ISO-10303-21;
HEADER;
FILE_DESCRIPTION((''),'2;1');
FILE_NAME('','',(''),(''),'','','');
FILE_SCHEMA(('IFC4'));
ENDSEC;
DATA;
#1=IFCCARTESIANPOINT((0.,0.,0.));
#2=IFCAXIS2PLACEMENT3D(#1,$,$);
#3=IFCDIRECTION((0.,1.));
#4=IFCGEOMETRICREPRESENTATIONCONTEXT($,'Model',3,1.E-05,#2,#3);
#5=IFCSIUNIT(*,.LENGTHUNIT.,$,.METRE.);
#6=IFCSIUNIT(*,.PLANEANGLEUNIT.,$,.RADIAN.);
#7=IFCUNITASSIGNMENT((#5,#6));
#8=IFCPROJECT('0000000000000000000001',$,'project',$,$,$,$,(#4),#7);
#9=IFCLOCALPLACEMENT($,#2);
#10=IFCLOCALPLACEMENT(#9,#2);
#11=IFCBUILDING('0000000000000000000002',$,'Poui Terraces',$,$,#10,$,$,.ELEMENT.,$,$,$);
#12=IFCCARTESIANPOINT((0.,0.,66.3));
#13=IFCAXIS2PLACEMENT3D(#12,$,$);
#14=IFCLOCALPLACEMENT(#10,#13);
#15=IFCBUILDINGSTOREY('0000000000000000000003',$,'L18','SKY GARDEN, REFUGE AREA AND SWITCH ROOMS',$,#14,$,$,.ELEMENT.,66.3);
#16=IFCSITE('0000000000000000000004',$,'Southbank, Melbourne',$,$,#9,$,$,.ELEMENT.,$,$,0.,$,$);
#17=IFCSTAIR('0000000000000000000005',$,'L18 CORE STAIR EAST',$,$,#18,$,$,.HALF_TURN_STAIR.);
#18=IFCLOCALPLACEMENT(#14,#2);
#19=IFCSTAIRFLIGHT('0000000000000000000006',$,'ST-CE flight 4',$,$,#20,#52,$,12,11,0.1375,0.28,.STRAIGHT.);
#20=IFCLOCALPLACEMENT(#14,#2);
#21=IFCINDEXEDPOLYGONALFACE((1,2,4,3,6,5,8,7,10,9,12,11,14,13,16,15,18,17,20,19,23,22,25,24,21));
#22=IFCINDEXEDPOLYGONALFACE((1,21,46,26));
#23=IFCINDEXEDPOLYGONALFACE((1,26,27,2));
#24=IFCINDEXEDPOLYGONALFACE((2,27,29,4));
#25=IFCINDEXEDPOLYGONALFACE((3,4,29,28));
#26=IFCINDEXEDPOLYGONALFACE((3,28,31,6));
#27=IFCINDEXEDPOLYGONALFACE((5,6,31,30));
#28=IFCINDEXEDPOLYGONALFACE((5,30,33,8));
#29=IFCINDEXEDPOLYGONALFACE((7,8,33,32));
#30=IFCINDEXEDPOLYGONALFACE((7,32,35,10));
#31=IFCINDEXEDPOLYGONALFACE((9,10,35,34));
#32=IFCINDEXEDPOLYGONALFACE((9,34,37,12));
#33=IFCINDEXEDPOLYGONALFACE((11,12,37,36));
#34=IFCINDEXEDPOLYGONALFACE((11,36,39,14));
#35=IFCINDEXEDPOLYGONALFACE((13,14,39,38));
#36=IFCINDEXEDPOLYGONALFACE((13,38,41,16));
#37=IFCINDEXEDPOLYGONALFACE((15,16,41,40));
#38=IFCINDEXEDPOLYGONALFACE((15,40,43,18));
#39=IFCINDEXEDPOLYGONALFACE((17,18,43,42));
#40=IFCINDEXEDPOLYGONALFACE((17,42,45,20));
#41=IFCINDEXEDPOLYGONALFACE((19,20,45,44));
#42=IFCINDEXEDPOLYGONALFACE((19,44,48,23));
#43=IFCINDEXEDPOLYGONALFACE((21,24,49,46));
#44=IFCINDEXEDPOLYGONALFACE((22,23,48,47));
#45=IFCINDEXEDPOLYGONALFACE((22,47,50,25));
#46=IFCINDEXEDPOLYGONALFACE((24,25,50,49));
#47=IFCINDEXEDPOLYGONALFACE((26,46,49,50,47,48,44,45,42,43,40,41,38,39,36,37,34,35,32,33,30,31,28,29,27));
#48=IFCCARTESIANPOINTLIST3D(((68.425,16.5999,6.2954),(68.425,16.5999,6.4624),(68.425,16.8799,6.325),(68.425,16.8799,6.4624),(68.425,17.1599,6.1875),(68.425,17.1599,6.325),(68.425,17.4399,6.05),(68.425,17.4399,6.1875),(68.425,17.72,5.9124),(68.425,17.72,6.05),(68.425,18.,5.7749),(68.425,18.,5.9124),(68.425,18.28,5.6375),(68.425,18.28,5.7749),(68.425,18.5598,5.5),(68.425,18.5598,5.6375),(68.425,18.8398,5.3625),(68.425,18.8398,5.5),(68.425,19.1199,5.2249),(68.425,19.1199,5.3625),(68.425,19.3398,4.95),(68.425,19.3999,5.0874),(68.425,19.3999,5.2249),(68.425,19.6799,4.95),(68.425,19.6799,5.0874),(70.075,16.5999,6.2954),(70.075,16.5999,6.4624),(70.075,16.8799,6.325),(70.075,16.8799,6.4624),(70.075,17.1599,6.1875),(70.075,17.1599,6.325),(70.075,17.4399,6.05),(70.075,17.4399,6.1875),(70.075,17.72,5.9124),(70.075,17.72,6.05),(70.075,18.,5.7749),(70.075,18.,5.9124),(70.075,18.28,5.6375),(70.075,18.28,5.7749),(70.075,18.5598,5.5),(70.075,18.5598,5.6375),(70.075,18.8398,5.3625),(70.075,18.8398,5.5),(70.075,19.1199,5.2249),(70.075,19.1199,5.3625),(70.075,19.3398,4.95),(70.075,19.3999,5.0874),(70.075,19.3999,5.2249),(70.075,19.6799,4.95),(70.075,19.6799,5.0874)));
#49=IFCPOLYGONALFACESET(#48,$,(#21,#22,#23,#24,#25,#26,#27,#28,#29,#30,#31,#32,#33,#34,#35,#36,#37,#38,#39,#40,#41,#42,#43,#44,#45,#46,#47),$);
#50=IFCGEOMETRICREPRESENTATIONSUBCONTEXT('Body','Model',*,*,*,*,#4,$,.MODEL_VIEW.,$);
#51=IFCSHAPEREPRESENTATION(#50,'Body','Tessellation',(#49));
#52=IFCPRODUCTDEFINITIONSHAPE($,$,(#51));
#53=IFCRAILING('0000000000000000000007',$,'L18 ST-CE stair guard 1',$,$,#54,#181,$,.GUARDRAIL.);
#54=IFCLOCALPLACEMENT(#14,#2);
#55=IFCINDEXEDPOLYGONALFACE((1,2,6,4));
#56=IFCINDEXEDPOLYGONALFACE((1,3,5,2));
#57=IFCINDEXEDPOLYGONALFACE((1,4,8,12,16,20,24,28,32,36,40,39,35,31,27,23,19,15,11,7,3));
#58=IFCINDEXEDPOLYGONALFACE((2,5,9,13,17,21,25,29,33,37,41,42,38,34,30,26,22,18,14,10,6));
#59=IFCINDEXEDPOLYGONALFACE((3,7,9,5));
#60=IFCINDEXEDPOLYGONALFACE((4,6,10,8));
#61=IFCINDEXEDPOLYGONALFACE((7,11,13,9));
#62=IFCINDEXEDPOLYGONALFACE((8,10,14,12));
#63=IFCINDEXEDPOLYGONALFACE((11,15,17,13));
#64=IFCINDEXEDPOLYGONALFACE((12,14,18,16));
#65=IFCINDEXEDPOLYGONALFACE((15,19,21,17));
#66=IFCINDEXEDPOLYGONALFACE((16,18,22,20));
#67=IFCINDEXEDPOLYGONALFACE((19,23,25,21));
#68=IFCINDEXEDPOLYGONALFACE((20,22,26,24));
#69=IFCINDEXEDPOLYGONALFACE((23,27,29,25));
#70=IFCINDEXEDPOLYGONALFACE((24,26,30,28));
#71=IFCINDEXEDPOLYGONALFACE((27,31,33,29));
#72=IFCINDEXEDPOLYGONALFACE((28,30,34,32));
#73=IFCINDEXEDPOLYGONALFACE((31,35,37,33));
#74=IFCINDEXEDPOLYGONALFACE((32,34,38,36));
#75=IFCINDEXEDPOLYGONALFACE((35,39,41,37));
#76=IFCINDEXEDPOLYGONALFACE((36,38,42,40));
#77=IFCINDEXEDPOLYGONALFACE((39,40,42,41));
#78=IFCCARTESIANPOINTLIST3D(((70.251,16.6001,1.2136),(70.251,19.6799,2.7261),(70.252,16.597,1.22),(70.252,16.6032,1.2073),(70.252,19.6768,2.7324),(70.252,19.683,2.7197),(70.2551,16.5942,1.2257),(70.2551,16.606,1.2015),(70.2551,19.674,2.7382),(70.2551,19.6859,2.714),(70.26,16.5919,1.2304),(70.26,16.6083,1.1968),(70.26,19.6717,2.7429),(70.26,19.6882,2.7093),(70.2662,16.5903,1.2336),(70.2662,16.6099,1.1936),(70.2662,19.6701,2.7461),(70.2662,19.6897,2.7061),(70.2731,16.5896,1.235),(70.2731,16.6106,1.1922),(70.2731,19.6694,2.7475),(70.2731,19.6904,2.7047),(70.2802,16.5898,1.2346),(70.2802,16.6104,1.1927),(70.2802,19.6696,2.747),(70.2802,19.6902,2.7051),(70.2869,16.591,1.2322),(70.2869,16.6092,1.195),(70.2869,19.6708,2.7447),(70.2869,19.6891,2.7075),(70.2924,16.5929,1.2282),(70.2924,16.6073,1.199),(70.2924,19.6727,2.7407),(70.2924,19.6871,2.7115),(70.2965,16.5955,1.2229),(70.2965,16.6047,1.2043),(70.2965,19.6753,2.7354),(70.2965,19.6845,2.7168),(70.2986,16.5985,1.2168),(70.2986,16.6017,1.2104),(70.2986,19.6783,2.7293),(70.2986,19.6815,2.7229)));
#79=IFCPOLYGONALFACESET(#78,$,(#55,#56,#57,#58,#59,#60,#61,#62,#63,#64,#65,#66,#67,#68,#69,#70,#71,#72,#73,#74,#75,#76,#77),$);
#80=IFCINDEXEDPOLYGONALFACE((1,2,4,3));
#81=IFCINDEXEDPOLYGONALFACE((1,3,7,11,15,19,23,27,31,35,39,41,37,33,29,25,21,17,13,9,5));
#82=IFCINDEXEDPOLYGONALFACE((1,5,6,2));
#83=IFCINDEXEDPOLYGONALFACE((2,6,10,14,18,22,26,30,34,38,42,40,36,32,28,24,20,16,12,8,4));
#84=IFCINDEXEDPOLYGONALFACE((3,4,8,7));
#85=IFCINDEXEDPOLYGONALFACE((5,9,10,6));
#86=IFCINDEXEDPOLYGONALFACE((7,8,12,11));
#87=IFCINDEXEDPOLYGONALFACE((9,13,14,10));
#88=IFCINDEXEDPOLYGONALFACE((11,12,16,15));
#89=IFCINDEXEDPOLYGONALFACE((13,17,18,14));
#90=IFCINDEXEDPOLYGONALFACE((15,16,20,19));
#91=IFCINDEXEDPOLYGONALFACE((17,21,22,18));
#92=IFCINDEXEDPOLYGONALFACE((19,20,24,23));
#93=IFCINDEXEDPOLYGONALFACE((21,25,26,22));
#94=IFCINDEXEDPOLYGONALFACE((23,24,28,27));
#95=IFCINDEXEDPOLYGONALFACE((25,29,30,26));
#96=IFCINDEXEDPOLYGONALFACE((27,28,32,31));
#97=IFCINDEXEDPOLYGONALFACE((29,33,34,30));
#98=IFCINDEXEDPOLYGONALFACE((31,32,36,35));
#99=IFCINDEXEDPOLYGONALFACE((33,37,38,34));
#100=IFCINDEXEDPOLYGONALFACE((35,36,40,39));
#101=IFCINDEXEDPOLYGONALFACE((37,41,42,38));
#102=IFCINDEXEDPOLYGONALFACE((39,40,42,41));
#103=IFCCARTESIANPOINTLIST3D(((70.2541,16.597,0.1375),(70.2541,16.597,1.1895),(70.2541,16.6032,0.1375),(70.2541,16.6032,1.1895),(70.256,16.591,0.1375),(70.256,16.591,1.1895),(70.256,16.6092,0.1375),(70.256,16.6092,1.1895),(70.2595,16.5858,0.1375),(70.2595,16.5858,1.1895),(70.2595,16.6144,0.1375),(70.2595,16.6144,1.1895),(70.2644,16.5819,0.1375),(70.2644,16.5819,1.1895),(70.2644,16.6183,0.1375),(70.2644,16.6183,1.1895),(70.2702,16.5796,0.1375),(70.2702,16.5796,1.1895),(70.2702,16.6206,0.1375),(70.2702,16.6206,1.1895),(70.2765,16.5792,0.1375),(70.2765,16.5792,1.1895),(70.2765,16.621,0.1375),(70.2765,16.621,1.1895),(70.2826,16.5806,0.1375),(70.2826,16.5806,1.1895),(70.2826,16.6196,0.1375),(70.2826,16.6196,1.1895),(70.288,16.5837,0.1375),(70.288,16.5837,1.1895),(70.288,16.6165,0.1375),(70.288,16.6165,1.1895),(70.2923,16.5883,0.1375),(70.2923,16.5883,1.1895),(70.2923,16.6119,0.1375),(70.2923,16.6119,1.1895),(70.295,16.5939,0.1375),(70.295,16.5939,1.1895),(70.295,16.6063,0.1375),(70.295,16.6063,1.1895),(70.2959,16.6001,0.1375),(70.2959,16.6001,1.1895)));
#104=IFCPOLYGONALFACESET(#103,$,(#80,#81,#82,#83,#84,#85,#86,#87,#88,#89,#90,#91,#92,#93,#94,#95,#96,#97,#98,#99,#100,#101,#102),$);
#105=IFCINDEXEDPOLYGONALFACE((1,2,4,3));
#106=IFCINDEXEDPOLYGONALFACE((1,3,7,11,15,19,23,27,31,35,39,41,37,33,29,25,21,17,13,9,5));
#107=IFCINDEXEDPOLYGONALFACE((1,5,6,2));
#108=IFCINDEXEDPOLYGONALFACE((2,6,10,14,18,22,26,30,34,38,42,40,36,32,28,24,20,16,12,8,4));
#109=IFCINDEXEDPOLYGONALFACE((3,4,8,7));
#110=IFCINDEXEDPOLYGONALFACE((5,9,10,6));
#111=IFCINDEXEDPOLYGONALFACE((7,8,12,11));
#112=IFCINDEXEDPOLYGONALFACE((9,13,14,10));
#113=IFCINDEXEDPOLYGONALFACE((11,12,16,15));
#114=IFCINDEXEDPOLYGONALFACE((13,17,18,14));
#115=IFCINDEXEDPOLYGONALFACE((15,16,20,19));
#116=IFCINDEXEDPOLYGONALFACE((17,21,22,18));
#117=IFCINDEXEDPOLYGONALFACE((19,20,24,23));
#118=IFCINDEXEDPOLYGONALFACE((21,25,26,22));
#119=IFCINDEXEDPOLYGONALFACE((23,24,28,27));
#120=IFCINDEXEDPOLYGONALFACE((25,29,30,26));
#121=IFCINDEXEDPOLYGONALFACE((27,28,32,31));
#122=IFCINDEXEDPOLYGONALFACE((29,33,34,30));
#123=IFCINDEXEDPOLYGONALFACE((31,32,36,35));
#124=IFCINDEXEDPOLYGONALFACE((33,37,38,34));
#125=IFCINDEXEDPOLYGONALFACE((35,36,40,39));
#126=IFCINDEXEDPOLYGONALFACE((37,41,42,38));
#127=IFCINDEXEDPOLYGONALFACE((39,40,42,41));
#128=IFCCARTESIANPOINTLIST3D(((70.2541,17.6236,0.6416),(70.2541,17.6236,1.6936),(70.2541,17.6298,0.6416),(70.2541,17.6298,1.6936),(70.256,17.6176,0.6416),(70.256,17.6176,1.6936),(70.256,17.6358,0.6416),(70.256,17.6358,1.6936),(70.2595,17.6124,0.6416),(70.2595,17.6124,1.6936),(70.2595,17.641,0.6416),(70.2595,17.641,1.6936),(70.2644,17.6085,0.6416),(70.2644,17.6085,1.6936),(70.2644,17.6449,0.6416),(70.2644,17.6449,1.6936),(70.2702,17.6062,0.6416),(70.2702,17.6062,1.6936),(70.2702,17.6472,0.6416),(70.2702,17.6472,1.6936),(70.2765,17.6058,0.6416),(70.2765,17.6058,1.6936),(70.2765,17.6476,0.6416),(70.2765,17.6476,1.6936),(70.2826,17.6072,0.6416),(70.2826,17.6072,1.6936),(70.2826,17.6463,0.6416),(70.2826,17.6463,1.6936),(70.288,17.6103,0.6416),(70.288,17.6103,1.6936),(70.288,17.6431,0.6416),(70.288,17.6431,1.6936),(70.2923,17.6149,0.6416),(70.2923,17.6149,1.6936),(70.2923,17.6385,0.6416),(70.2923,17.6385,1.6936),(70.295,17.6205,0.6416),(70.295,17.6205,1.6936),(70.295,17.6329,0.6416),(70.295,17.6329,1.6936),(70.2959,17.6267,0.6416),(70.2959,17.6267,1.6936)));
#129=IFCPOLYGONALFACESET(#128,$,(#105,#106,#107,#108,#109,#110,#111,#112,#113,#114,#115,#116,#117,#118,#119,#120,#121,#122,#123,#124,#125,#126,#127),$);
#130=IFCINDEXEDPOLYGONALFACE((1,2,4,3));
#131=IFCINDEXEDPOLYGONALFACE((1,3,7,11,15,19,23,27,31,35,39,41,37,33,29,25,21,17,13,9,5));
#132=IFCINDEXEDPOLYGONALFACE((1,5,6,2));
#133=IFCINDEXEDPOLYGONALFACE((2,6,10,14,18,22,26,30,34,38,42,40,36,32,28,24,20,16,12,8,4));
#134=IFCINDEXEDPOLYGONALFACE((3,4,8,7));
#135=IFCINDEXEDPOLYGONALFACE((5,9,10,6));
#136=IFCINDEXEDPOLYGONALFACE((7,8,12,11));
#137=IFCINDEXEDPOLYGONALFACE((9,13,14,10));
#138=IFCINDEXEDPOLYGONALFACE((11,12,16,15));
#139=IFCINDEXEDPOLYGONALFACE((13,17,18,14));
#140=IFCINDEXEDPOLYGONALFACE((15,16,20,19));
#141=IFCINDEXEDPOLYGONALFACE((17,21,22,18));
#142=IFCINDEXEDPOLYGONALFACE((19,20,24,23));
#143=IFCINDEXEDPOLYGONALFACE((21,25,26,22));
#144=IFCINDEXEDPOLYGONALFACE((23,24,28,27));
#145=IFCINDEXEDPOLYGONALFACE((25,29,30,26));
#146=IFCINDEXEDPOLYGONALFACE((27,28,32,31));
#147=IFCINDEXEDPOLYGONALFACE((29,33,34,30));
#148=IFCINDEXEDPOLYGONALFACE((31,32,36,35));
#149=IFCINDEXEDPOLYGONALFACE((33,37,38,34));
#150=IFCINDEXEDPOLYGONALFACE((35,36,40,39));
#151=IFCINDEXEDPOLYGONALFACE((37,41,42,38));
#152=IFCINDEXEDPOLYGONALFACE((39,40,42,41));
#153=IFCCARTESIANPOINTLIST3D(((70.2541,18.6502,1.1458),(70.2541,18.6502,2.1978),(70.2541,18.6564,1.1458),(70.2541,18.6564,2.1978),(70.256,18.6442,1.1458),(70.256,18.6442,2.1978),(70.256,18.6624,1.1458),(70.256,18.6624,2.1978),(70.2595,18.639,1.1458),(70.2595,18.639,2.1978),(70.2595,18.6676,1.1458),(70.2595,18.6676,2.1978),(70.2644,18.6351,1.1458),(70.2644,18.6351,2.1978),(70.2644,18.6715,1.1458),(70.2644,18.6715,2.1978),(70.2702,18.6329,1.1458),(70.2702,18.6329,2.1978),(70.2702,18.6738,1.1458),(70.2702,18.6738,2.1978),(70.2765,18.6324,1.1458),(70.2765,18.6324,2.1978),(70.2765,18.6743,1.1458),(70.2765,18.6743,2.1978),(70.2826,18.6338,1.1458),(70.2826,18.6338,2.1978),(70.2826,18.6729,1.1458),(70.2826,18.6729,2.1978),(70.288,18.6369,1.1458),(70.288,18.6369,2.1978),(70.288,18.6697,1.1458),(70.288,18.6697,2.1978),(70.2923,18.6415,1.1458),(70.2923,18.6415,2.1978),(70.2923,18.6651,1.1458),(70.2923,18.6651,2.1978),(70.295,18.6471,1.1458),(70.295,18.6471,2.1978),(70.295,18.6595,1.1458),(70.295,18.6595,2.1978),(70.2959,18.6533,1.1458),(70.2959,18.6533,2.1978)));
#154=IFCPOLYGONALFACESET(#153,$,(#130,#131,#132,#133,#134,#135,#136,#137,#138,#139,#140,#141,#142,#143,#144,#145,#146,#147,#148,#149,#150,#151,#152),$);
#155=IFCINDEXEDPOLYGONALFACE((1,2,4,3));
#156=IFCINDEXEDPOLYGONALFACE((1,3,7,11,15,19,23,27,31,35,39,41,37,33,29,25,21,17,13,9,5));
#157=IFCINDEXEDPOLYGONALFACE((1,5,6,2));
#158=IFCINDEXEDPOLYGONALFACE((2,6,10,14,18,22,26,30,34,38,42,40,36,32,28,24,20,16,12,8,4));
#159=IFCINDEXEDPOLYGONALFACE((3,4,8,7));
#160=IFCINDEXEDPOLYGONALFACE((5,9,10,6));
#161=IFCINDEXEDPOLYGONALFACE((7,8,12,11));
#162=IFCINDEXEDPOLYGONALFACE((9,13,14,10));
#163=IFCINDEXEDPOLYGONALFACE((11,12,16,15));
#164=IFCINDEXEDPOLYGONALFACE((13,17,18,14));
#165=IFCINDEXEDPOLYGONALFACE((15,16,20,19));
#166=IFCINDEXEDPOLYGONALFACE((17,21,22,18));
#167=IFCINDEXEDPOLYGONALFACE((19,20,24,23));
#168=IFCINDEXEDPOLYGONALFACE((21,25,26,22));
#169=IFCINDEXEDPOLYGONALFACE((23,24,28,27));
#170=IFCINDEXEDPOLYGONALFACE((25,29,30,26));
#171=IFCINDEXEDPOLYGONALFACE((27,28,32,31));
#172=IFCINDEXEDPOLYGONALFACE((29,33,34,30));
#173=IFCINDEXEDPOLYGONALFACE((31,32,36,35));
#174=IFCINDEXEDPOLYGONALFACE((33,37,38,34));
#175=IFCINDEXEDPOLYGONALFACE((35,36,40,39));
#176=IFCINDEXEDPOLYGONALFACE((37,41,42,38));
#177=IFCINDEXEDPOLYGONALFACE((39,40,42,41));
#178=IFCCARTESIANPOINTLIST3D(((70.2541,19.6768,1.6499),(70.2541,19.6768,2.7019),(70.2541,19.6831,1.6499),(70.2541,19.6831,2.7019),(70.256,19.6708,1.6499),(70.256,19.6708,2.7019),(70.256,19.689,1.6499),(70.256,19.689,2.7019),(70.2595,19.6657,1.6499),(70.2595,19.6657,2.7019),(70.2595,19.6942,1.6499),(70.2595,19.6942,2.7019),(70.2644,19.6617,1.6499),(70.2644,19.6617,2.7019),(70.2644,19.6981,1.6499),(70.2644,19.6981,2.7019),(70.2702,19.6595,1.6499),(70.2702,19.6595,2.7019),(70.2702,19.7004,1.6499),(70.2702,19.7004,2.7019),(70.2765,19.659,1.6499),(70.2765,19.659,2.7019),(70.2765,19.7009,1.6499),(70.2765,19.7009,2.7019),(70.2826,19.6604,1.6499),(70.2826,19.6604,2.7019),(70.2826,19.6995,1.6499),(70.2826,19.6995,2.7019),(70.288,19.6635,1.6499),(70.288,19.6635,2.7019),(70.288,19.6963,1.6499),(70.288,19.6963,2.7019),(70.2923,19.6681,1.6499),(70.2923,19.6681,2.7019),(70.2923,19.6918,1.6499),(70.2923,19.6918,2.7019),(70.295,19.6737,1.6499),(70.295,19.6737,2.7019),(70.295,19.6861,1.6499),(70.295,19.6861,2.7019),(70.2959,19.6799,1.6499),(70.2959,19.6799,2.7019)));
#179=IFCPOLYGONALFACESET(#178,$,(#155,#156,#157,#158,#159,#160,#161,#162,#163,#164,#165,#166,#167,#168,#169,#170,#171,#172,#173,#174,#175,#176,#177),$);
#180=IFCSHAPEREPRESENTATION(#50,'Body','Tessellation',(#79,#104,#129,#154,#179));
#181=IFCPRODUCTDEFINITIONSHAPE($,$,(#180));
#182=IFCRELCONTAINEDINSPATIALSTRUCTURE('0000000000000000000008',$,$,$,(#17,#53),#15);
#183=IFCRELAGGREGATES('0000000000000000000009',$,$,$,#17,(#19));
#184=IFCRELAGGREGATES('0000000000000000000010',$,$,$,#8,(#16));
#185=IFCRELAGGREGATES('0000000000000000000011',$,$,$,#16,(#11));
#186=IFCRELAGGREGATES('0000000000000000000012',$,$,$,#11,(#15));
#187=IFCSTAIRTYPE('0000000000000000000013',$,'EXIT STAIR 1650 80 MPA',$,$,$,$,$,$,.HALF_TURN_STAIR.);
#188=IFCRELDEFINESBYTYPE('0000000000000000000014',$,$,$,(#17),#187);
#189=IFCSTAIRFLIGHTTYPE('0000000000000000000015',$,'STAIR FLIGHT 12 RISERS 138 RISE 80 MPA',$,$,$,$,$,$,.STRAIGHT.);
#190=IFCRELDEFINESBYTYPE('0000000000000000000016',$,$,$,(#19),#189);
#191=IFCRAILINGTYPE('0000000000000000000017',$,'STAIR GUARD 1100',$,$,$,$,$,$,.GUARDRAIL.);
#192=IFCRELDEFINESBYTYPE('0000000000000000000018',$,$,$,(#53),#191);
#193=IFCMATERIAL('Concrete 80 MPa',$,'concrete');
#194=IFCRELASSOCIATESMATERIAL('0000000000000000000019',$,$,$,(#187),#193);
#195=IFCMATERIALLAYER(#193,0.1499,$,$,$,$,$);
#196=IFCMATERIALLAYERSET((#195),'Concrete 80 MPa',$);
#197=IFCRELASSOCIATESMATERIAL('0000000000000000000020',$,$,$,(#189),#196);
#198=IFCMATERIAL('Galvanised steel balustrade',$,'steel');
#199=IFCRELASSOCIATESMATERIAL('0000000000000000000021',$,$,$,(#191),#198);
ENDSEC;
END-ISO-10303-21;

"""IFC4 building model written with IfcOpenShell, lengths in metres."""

from ifc_helpers import new_model, si_unit, direction, frame, origin, origin_2d, place, context, subcontext, project, spatial, polyline, circle, outline, extrude, material, layer, layer_set, type_object, element, aggregate, save


model = new_model("IFC4")

# Units and contexts
model_context = context("Model", 3, precision=1e-05, world=origin(), true_north=direction((0.0, 1.0)))
body_context = subcontext(model_context, "Body", "Model", "MODEL_VIEW")
ifc_project = project(units=[si_unit("LENGTHUNIT", "METRE"), si_unit("PLANEANGLEUNIT", "RADIAN")], contexts=[model_context])

# Site, building, storey
site_placement = place(None, origin())
site = spatial("IfcSite", under=ifc_project, at=site_placement, Name="Southbank, Melbourne", CompositionType="ELEMENT", RefElevation=0.0)
building_placement = place(site_placement, origin())
building = spatial("IfcBuilding", under=site, at=building_placement, Name="Poui Terraces", CompositionType="ELEMENT")
storey_placement = place(building_placement, frame((0.0, 0.0, 66.3)))
storey = spatial("IfcBuildingStorey", under=building, at=storey_placement, Name="L18", Description="SKY GARDEN, REFUGE AREA AND SWITCH ROOMS", CompositionType="ELEMENT", Elevation=66.3)

# Shared definitions
ifc_material_1 = material(Name="Concrete 80 MPa", Category="concrete")

# Stair, stair flight
stair_type = type_object("IfcStairType", Name="EXIT STAIR 1650 80 MPA", PredefinedType="HALF_TURN_STAIR", material=ifc_material_1)
stair_placement = place(storey_placement, origin())
stair = element("IfcStair", 1, at=stair_placement, inside=storey, type_object=stair_type, Name="L18 CORE STAIR EAST", PredefinedType="HALF_TURN_STAIR")
ifc_layer_1 = layer(ifc_material_1, 0.1499)
ifc_layer_set_1 = layer_set([ifc_layer_1], Name="Concrete 80 MPa")
stair_flight_type = type_object("IfcStairFlightType", Name="STAIR FLIGHT 12 RISERS 138 RISE 80 MPA", PredefinedType="STRAIGHT", material=ifc_layer_set_1)
stair_flight_1_placement = place(storey_placement, frame((69.25, 19.6799, 4.95), z_axis=(0.0, 0.0, 1.0), x_axis=(0.0, -1.0, 0.0)))
stair_flight_1 = element("IfcStairFlight", 2, at=stair_flight_1_placement, type_object=stair_flight_type, Name="ST-CE flight 4", NumberOfRisers=12, NumberOfTreads=11, PredefinedType="STRAIGHT", RiserHeight=0.1375, TreadLength=0.28, context=body_context, shape_type="SweptSolid", body=[
    extrude(outline(polyline([(0.0, 0.0), (0.0, 0.1375), (0.28, 0.1375), (0.28, 0.2749), (0.5601, 0.2749), (0.5601, 0.4126), (0.8401, 0.4126), (0.8401, 0.55), (1.1201, 0.55), (1.1201, 0.6875), (1.3999, 0.6875), (1.3999, 0.825), (1.6799, 0.825), (1.6799, 0.9624), (1.96, 0.9624), (1.96, 1.1001), (2.24, 1.1001), (2.24, 1.2375), (2.52, 1.2375), (2.52, 1.375), (2.8, 1.375), (2.8, 1.5125), (3.0801, 1.5125), (3.0801, 1.6499), (3.0801, 1.3455), (0.3401, 0.0), (0.0, 0.0)])), frame((0.0, 0.825, 0.0), z_axis=(0.0, -1.0, 0.0), x_axis=(1.0, 0.0, 0.0)), (0.0, 0.0, 1.0), 1.6499),
])
aggregate(stair, [stair_flight_1])

# Railing
ifc_material_2 = material(Name="Galvanised steel balustrade", Category="steel")
railing_type_1 = type_object("IfcRailingType", Name="STAIR GUARD 1100", PredefinedType="GUARDRAIL", material=ifc_material_2)
railing_1_placement = place(storey_placement, frame((70.2749, 16.6001, 0.1375)))
element("IfcRailing", 3, at=railing_1_placement, inside=storey, type_object=railing_type_1, Name="L18 ST-CE stair guard 1", PredefinedType="GUARDRAIL", context=body_context, shape_type="SweptSolid", body=[
    extrude(circle(Radius=0.0239, at=origin_2d()), frame((0.0, 0.0, 1.0762), z_axis=(0.0, 0.897606, 0.440798), x_axis=(-1.0, 0.0, 0.0)), (0.0, 0.0, 1.0), 3.4312),
    extrude(circle(Radius=0.021, at=origin_2d()), origin(), (0.0, 0.0, 1.0), 1.052),
    extrude(circle(Radius=0.021, at=origin_2d()), frame((0.0, 1.0266, 0.5042)), (0.0, 0.0, 1.0), 1.052),
    extrude(circle(Radius=0.021, at=origin_2d()), frame((0.0, 2.0532, 1.0083)), (0.0, 0.0, 1.0), 1.052),
    extrude(circle(Radius=0.021, at=origin_2d()), frame((0.0, 3.0798, 1.5125)), (0.0, 0.0, 1.0), 1.052),
])

save(model, "model.ifc")
